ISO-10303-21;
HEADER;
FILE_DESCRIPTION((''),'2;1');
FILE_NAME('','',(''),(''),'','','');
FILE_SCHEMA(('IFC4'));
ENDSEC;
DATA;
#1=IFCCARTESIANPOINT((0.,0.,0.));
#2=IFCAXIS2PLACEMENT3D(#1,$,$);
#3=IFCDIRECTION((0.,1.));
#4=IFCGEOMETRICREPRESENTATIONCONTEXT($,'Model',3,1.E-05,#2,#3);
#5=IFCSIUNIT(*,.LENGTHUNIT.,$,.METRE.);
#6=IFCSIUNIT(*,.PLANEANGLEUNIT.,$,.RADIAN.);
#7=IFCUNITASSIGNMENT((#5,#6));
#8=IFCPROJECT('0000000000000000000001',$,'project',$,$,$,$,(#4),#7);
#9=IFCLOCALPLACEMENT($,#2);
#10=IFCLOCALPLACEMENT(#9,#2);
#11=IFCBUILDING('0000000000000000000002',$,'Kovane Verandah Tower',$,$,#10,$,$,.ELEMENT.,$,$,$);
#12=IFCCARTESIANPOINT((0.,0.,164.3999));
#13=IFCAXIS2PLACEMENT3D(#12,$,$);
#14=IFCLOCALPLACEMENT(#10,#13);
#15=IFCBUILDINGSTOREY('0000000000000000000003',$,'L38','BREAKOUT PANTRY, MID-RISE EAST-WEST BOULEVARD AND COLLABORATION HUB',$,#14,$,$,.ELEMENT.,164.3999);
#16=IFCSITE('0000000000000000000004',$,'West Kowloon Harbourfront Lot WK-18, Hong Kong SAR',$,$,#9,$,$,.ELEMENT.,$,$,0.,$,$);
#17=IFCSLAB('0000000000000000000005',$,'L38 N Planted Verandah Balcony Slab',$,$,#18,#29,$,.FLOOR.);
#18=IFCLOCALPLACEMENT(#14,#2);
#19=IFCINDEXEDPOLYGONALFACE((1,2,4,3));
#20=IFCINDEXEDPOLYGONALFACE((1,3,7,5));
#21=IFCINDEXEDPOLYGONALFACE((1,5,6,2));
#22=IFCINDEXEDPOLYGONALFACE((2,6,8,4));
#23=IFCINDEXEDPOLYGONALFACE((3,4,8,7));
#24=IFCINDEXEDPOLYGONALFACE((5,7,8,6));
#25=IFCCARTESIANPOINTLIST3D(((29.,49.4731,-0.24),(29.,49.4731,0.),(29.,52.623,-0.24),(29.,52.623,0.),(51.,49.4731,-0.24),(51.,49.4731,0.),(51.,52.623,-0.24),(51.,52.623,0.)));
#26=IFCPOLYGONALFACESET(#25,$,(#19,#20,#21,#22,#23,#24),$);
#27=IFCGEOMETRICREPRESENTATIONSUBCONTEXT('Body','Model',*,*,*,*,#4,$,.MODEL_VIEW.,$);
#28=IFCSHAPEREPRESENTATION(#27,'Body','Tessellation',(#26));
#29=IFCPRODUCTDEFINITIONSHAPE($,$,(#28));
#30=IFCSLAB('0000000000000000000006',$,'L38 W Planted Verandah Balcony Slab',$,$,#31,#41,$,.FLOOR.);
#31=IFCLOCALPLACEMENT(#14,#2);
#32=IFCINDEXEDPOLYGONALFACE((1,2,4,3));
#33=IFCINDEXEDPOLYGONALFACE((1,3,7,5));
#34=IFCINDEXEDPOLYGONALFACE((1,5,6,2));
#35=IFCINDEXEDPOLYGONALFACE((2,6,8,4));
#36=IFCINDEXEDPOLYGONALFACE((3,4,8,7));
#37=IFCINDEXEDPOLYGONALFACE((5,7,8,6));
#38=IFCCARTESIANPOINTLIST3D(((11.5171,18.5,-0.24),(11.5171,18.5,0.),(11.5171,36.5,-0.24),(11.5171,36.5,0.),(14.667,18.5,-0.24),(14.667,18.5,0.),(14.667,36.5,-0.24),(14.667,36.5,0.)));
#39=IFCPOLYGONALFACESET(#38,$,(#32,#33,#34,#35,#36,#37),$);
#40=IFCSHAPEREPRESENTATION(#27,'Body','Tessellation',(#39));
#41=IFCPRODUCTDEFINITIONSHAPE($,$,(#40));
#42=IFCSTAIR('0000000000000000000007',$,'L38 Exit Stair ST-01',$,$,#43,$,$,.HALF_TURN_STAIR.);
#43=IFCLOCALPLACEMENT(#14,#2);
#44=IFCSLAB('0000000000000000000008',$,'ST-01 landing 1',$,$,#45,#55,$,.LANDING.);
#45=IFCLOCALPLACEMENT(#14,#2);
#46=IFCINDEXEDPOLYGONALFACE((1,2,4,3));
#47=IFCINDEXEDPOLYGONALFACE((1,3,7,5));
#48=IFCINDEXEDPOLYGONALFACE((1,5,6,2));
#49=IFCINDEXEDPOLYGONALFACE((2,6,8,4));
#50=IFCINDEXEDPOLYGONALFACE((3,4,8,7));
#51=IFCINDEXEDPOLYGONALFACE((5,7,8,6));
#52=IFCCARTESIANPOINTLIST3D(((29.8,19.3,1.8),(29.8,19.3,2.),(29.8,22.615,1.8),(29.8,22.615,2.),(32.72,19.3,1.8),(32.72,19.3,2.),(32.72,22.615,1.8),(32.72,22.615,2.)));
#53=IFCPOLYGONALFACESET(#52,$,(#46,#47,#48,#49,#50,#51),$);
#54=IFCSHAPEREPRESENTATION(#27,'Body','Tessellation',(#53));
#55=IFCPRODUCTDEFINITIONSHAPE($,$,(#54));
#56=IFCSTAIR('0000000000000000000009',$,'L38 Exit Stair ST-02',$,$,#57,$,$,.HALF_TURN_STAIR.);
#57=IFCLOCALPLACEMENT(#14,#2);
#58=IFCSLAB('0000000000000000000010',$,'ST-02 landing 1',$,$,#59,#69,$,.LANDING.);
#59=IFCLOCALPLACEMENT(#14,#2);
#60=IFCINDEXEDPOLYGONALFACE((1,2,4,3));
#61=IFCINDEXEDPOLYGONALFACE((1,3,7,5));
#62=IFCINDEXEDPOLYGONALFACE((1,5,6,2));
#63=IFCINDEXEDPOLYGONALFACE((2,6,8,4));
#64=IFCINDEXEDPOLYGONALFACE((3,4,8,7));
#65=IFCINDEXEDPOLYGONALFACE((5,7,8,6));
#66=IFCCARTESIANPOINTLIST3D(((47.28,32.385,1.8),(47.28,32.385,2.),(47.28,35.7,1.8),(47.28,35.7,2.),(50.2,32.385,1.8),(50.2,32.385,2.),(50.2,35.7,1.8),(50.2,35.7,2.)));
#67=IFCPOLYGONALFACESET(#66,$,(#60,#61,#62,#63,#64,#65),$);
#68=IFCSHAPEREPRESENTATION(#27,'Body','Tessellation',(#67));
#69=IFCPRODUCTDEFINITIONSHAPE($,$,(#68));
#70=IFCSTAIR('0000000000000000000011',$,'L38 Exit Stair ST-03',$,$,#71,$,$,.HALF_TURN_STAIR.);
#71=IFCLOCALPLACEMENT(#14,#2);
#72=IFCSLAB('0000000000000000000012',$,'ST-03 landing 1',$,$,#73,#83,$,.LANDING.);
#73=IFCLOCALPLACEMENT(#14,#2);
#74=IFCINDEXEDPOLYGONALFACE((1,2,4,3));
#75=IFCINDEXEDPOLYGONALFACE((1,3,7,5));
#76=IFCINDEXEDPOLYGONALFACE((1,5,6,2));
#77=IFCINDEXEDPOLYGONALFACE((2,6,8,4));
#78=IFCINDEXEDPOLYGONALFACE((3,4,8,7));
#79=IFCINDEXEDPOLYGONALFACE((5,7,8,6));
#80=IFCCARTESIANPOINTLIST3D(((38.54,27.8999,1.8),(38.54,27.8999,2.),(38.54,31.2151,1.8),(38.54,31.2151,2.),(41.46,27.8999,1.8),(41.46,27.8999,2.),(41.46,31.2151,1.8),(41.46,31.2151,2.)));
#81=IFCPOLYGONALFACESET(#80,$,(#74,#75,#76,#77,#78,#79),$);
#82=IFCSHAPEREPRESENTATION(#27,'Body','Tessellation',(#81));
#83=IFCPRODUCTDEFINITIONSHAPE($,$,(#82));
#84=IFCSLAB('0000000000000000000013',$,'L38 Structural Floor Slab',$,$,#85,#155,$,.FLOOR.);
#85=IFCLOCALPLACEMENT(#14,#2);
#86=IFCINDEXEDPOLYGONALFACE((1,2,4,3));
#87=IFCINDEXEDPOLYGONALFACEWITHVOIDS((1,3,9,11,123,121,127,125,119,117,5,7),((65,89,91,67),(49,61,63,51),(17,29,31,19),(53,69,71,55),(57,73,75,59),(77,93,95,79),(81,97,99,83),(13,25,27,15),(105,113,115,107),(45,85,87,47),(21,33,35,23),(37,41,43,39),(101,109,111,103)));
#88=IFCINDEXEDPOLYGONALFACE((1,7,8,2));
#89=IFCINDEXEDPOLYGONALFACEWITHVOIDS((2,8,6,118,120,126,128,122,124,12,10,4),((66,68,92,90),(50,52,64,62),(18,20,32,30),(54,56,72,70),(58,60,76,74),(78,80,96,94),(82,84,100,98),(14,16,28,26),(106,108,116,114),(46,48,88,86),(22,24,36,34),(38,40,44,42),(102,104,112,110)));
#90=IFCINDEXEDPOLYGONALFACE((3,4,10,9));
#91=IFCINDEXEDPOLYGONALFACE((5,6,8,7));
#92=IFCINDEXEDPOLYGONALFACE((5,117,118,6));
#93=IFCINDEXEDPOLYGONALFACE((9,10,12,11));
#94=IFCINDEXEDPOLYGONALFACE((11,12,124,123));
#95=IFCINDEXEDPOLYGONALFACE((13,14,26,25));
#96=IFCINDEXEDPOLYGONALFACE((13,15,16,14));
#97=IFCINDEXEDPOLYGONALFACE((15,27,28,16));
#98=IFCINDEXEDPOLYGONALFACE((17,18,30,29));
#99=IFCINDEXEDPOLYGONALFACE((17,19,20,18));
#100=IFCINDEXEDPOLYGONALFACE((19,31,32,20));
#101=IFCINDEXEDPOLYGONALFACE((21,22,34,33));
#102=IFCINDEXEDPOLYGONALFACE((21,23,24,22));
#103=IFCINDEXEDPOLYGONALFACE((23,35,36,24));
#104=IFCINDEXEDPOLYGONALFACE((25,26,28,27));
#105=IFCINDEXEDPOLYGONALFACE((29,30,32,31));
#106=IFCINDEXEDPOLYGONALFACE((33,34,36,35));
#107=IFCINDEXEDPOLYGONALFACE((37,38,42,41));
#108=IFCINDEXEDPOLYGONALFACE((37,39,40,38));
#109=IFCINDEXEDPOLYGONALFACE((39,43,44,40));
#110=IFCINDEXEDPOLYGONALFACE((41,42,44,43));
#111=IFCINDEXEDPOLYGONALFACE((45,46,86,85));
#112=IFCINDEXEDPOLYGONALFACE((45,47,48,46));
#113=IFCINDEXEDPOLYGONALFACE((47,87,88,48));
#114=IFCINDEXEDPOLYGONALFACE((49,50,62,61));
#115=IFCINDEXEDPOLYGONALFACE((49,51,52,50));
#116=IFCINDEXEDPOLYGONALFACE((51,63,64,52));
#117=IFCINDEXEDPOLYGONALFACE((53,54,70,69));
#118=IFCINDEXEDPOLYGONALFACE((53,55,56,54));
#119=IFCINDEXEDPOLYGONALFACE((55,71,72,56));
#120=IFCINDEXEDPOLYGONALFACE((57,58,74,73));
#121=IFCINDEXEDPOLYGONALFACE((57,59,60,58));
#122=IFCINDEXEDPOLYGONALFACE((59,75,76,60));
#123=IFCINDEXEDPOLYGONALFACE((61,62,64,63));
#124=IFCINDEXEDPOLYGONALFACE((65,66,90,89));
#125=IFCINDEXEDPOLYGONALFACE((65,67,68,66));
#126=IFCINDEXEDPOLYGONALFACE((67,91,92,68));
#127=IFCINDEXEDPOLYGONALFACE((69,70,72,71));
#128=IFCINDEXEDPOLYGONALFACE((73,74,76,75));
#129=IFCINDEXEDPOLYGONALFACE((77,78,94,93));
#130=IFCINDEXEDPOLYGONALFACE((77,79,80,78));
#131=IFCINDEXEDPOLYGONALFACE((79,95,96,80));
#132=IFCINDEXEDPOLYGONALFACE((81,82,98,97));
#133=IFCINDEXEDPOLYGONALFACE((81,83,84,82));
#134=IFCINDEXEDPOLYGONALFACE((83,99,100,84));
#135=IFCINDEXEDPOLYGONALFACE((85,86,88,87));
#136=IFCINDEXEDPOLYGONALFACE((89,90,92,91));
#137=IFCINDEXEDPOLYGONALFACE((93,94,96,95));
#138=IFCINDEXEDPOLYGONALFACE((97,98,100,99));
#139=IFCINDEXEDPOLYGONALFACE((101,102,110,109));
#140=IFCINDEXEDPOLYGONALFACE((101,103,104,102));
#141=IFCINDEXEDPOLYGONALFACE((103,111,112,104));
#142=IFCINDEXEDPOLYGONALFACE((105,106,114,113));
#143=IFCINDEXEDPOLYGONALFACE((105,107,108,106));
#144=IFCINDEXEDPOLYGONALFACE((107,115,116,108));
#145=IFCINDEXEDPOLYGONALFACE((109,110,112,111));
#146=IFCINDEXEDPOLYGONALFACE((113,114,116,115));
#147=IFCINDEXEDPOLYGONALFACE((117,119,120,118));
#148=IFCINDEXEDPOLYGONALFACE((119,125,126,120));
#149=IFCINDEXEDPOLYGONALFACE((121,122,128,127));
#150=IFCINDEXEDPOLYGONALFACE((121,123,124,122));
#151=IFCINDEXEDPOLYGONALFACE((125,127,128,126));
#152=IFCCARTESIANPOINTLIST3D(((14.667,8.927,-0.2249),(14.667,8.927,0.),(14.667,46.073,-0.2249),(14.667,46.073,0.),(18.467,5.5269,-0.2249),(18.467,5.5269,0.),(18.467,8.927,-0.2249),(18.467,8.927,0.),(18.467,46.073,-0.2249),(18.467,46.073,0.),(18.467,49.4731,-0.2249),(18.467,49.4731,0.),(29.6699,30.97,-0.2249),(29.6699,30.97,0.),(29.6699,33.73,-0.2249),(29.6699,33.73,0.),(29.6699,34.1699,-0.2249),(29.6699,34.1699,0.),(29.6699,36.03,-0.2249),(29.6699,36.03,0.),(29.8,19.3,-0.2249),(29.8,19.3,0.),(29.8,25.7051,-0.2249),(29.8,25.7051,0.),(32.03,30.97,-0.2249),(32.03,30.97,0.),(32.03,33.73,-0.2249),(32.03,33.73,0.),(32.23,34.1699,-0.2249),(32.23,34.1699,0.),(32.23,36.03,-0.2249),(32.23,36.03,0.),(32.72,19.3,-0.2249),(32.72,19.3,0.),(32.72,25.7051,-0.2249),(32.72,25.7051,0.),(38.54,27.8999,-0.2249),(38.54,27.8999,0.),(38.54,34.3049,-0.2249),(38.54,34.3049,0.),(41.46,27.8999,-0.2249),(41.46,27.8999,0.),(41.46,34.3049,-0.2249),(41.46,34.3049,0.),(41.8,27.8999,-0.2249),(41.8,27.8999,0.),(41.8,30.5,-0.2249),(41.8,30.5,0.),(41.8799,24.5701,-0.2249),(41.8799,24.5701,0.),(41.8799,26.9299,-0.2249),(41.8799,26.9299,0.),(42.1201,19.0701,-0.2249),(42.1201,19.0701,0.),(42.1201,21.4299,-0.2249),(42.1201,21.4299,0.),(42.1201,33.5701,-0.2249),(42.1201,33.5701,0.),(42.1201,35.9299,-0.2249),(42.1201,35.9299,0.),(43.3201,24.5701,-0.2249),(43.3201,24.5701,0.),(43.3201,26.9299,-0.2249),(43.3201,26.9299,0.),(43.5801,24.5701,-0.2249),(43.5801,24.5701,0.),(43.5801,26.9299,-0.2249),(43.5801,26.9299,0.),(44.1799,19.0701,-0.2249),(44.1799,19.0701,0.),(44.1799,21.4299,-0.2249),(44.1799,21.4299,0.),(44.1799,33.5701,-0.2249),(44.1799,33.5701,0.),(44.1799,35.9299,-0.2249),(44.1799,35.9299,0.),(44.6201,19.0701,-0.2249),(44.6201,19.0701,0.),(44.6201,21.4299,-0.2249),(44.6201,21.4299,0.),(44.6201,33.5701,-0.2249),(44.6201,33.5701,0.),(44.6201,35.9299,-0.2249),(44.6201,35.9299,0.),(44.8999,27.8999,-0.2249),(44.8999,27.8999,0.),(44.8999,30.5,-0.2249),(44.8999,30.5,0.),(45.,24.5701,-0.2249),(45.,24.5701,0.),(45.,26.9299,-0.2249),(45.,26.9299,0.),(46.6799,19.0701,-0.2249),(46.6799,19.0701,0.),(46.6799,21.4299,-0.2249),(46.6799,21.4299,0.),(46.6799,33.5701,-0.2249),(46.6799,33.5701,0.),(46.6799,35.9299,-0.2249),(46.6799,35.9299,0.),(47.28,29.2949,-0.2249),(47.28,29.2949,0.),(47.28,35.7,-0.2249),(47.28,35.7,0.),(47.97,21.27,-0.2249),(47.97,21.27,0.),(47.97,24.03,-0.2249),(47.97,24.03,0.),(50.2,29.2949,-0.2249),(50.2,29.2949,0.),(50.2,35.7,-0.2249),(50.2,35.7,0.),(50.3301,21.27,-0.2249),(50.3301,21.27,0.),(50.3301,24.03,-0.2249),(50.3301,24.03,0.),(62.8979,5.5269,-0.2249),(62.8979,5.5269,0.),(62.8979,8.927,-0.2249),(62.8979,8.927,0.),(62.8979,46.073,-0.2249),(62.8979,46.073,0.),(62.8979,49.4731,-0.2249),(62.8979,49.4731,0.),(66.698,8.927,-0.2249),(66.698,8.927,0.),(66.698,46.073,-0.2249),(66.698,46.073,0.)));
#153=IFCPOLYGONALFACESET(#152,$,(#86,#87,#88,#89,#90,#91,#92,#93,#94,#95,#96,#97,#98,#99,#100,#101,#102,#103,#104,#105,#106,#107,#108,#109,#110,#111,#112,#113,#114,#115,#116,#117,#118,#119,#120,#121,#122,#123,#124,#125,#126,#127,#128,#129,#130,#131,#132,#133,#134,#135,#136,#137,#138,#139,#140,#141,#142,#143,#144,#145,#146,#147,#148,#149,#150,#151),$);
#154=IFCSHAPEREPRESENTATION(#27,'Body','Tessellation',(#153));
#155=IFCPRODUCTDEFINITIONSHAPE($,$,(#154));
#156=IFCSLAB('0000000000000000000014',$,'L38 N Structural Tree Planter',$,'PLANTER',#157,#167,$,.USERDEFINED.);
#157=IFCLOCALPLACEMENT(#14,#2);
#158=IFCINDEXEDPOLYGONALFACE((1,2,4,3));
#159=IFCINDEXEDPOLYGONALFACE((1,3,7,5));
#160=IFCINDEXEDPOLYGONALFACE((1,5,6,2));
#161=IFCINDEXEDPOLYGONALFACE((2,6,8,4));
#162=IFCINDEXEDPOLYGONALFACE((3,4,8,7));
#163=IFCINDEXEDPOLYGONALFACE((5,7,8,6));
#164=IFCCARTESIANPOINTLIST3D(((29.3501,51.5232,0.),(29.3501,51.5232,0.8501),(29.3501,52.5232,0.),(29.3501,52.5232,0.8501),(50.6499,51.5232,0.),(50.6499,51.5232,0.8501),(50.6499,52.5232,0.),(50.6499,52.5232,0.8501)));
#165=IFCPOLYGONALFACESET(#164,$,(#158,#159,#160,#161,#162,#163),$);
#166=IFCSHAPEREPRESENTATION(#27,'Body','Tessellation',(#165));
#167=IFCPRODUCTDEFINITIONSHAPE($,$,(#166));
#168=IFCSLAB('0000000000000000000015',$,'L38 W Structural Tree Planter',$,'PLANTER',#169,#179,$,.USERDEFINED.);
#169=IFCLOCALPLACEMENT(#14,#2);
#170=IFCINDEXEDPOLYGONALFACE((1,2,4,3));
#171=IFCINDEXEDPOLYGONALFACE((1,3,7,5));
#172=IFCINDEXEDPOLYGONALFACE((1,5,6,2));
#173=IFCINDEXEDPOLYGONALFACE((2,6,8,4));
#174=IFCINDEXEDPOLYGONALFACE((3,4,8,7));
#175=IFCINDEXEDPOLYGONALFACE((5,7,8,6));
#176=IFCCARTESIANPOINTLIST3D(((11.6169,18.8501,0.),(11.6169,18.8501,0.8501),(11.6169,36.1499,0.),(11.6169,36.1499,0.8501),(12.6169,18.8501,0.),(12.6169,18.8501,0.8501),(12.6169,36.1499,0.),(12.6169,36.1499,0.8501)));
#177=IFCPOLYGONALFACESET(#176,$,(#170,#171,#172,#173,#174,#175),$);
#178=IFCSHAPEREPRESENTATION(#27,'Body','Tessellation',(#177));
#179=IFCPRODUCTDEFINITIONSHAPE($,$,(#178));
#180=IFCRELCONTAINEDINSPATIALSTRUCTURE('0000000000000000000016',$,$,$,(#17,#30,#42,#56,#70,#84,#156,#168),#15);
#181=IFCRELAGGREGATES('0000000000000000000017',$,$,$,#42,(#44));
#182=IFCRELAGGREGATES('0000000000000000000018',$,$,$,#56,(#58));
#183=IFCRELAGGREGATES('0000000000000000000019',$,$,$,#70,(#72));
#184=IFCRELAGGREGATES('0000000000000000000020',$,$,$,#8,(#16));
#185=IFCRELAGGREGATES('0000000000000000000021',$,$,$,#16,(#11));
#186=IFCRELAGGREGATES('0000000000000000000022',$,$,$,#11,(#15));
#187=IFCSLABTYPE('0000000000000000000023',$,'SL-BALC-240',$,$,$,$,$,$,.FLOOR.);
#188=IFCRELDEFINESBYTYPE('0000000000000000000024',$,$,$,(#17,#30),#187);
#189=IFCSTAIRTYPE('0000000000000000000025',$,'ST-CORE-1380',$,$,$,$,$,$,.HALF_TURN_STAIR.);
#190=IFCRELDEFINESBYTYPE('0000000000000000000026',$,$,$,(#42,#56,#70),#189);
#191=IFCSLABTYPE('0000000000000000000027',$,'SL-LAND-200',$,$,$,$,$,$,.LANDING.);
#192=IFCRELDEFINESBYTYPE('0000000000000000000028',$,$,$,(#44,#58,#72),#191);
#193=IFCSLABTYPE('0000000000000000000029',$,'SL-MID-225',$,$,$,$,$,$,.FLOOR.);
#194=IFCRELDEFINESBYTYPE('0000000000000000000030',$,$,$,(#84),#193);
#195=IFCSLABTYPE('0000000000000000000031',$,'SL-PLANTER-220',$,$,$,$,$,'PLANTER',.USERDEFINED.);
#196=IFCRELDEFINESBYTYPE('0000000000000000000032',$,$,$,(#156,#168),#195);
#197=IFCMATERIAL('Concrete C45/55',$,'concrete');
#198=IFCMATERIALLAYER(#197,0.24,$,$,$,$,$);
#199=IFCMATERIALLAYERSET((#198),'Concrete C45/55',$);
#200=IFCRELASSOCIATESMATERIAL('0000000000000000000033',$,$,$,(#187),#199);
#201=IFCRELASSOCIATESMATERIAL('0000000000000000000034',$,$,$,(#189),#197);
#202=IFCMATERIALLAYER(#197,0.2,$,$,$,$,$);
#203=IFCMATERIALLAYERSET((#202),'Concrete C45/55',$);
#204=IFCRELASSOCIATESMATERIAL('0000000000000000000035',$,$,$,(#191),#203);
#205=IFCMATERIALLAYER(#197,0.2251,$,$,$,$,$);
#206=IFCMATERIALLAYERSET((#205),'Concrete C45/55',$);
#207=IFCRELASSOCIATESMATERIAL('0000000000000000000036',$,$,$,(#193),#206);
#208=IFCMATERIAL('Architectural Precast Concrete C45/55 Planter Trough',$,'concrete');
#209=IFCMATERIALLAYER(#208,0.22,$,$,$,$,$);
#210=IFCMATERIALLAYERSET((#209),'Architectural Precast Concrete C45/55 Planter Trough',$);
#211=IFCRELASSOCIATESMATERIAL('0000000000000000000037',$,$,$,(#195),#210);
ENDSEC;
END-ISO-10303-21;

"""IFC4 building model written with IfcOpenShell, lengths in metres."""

from ifc_helpers import new_model, si_unit, direction, frame, origin, place, context, subcontext, project, spatial, polyline, outline, extrude, material, layer, layer_set, type_object, element, aggregate, save


model = new_model("IFC4")

# Units and contexts
model_context = context("Model", 3, precision=1e-05, world=origin(), true_north=direction((0.0, 1.0)))
body_context = subcontext(model_context, "Body", "Model", "MODEL_VIEW")
ifc_project = project(units=[si_unit("LENGTHUNIT", "METRE"), si_unit("PLANEANGLEUNIT", "RADIAN")], contexts=[model_context])

# Site, building, storey
site_placement = place(None, origin())
site = spatial("IfcSite", under=ifc_project, at=site_placement, Name="West Kowloon Harbourfront Lot WK-18, Hong Kong SAR", CompositionType="ELEMENT", RefElevation=0.0)
building_placement = place(site_placement, origin())
building = spatial("IfcBuilding", under=site, at=building_placement, Name="Kovane Verandah Tower", CompositionType="ELEMENT")
storey_placement = place(building_placement, frame((0.0, 0.0, 164.3999)))
storey = spatial("IfcBuildingStorey", under=building, at=storey_placement, Name="L38", Description="BREAKOUT PANTRY, MID-RISE EAST-WEST BOULEVARD AND COLLABORATION HUB", CompositionType="ELEMENT", Elevation=164.3999)

# Slabs
ifc_material_1 = material(Name="Concrete C45/55", Category="concrete")
ifc_layer_1 = layer(ifc_material_1, 0.24)
ifc_layer_set_1 = layer_set([ifc_layer_1], Name="Concrete C45/55")
slab_type_1 = type_object("IfcSlabType", Name="SL-BALC-240", PredefinedType="FLOOR", material=ifc_layer_set_1)
slab_1_placement = place(storey_placement, frame((0.0, 0.0, -0.24)))
element("IfcSlab", 1, at=slab_1_placement, inside=storey, type_object=slab_type_1, Name="L38 N Planted Verandah Balcony Slab", PredefinedType="FLOOR", context=body_context, shape_type="SweptSolid", body=[
    extrude(outline(polyline([(29.0, 49.4731), (51.0, 49.4731), (51.0, 52.623), (29.0, 52.623), (29.0, 49.4731)])), origin(), (0.0, 0.0, 1.0), 0.24),
])
slab_2_placement = place(storey_placement, frame((0.0, 0.0, -0.24)))
element("IfcSlab", 2, at=slab_2_placement, inside=storey, type_object=slab_type_1, Name="L38 W Planted Verandah Balcony Slab", PredefinedType="FLOOR", context=body_context, shape_type="SweptSolid", body=[
    extrude(outline(polyline([(11.5171, 18.5), (14.667, 18.5), (14.667, 36.5), (11.5171, 36.5), (11.5171, 18.5)])), origin(), (0.0, 0.0, 1.0), 0.24),
])

# Stairs, slabs
stair_type = type_object("IfcStairType", Name="ST-CORE-1380", PredefinedType="HALF_TURN_STAIR", material=ifc_material_1)
stair_1_placement = place(storey_placement, origin())
stair_1 = element("IfcStair", 3, at=stair_1_placement, inside=storey, type_object=stair_type, Name="L38 Exit Stair ST-01", PredefinedType="HALF_TURN_STAIR")
ifc_layer_2 = layer(ifc_material_1, 0.2)
ifc_layer_set_2 = layer_set([ifc_layer_2], Name="Concrete C45/55")
slab_type_2 = type_object("IfcSlabType", Name="SL-LAND-200", PredefinedType="LANDING", material=ifc_layer_set_2)
slab_3_placement = place(storey_placement, frame((0.0, 0.0, 1.8)))
slab_3 = element("IfcSlab", 4, at=slab_3_placement, type_object=slab_type_2, Name="ST-01 landing 1", PredefinedType="LANDING", context=body_context, shape_type="SweptSolid", body=[
    extrude(outline(polyline([(29.8, 22.615), (29.8, 19.3), (32.72, 19.3), (32.72, 22.615), (29.8, 22.615)])), origin(), (0.0, 0.0, 1.0), 0.2),
])
aggregate(stair_1, [slab_3])
stair_2_placement = place(storey_placement, origin())
stair_2 = element("IfcStair", 5, at=stair_2_placement, inside=storey, type_object=stair_type, Name="L38 Exit Stair ST-02", PredefinedType="HALF_TURN_STAIR")
slab_4_placement = place(storey_placement, frame((0.0, 0.0, 1.8)))
slab_4 = element("IfcSlab", 6, at=slab_4_placement, type_object=slab_type_2, Name="ST-02 landing 1", PredefinedType="LANDING", context=body_context, shape_type="SweptSolid", body=[
    extrude(outline(polyline([(50.2, 32.385), (50.2, 35.7), (47.28, 35.7), (47.28, 32.385), (50.2, 32.385)])), origin(), (0.0, 0.0, 1.0), 0.2),
])
aggregate(stair_2, [slab_4])
stair_3_placement = place(storey_placement, origin())
stair_3 = element("IfcStair", 7, at=stair_3_placement, inside=storey, type_object=stair_type, Name="L38 Exit Stair ST-03", PredefinedType="HALF_TURN_STAIR")
slab_5_placement = place(storey_placement, frame((0.0, 0.0, 1.8)))
slab_5 = element("IfcSlab", 8, at=slab_5_placement, type_object=slab_type_2, Name="ST-03 landing 1", PredefinedType="LANDING", context=body_context, shape_type="SweptSolid", body=[
    extrude(outline(polyline([(38.54, 31.2151), (38.54, 27.8999), (41.46, 27.8999), (41.46, 31.2151), (38.54, 31.2151)])), origin(), (0.0, 0.0, 1.0), 0.2),
])
aggregate(stair_3, [slab_5])

# Slabs
ifc_layer_3 = layer(ifc_material_1, 0.2251)
ifc_layer_set_3 = layer_set([ifc_layer_3], Name="Concrete C45/55")
slab_type_3 = type_object("IfcSlabType", Name="SL-MID-225", PredefinedType="FLOOR", material=ifc_layer_set_3)
slab_6_placement = place(storey_placement, frame((0.0, 0.0, -0.2249)))
element("IfcSlab", 9, at=slab_6_placement, inside=storey, type_object=slab_type_3, Name="L38 Structural Floor Slab", PredefinedType="FLOOR", context=body_context, shape_type="SweptSolid", body=[
    extrude(outline(polyline([(18.467, 5.5269), (62.8979, 5.5269), (62.8979, 8.927), (66.698, 8.927), (66.698, 46.073), (62.8979, 46.073), (62.8979, 49.4731), (18.467, 49.4731), (18.467, 46.073), (14.667, 46.073), (14.667, 8.927), (18.467, 8.927), (18.467, 5.5269)]), holes=[polyline([(29.8, 19.3), (32.72, 19.3), (32.72, 25.7051), (29.8, 25.7051), (29.8, 19.3)]), polyline([(47.28, 29.2949), (50.2, 29.2949), (50.2, 35.7), (47.28, 35.7), (47.28, 29.2949)]), polyline([(38.54, 27.8999), (41.46, 27.8999), (41.46, 34.3049), (38.54, 34.3049), (38.54, 27.8999)]), polyline([(29.6699, 30.97), (32.03, 30.97), (32.03, 33.73), (29.6699, 33.73), (29.6699, 30.97)]), polyline([(47.97, 21.27), (50.3301, 21.27), (50.3301, 24.03), (47.97, 24.03), (47.97, 21.27)]), polyline([(29.6699, 34.1699), (32.23, 34.1699), (32.23, 36.03), (29.6699, 36.03), (29.6699, 34.1699)]), polyline([(42.1201, 19.0701), (44.1799, 19.0701), (44.1799, 21.4299), (42.1201, 21.4299), (42.1201, 19.0701)]), polyline([(44.6201, 19.0701), (46.6799, 19.0701), (46.6799, 21.4299), (44.6201, 21.4299), (44.6201, 19.0701)]), polyline([(41.8799, 24.5701), (43.3201, 24.5701), (43.3201, 26.9299), (41.8799, 26.9299), (41.8799, 24.5701)]), polyline([(43.5801, 24.5701), (45.0, 24.5701), (45.0, 26.9299), (43.5801, 26.9299), (43.5801, 24.5701)]), polyline([(42.1201, 33.5701), (44.1799, 33.5701), (44.1799, 35.9299), (42.1201, 35.9299), (42.1201, 33.5701)]), polyline([(44.6201, 33.5701), (46.6799, 33.5701), (46.6799, 35.9299), (44.6201, 35.9299), (44.6201, 33.5701)]), polyline([(41.8, 27.8999), (44.8999, 27.8999), (44.8999, 30.5), (41.8, 30.5), (41.8, 27.8999)])]), origin(), (0.0, 0.0, 1.0), 0.2249),
])
ifc_material_2 = material(Name="Architectural Precast Concrete C45/55 Planter Trough", Category="concrete")
ifc_layer_4 = layer(ifc_material_2, 0.22)
ifc_layer_set_4 = layer_set([ifc_layer_4], Name="Architectural Precast Concrete C45/55 Planter Trough")
slab_type_4 = type_object("IfcSlabType", Name="SL-PLANTER-220", ElementType="PLANTER", PredefinedType="USERDEFINED", material=ifc_layer_set_4)
slab_7_placement = place(storey_placement, origin())
element("IfcSlab", 10, at=slab_7_placement, inside=storey, type_object=slab_type_4, Name="L38 N Structural Tree Planter", ObjectType="PLANTER", PredefinedType="USERDEFINED", context=body_context, shape_type="SweptSolid", body=[
    extrude(outline(polyline([(29.3501, 51.5232), (50.6499, 51.5232), (50.6499, 52.5232), (29.3501, 52.5232), (29.3501, 51.5232)])), origin(), (0.0, 0.0, 1.0), 0.8501),
])
slab_8_placement = place(storey_placement, origin())
element("IfcSlab", 11, at=slab_8_placement, inside=storey, type_object=slab_type_4, Name="L38 W Structural Tree Planter", ObjectType="PLANTER", PredefinedType="USERDEFINED", context=body_context, shape_type="SweptSolid", body=[
    extrude(outline(polyline([(11.6169, 18.8501), (12.6169, 18.8501), (12.6169, 36.1499), (11.6169, 36.1499), (11.6169, 18.8501)])), origin(), (0.0, 0.0, 1.0), 0.8501),
])

save(model, "model.ifc")
